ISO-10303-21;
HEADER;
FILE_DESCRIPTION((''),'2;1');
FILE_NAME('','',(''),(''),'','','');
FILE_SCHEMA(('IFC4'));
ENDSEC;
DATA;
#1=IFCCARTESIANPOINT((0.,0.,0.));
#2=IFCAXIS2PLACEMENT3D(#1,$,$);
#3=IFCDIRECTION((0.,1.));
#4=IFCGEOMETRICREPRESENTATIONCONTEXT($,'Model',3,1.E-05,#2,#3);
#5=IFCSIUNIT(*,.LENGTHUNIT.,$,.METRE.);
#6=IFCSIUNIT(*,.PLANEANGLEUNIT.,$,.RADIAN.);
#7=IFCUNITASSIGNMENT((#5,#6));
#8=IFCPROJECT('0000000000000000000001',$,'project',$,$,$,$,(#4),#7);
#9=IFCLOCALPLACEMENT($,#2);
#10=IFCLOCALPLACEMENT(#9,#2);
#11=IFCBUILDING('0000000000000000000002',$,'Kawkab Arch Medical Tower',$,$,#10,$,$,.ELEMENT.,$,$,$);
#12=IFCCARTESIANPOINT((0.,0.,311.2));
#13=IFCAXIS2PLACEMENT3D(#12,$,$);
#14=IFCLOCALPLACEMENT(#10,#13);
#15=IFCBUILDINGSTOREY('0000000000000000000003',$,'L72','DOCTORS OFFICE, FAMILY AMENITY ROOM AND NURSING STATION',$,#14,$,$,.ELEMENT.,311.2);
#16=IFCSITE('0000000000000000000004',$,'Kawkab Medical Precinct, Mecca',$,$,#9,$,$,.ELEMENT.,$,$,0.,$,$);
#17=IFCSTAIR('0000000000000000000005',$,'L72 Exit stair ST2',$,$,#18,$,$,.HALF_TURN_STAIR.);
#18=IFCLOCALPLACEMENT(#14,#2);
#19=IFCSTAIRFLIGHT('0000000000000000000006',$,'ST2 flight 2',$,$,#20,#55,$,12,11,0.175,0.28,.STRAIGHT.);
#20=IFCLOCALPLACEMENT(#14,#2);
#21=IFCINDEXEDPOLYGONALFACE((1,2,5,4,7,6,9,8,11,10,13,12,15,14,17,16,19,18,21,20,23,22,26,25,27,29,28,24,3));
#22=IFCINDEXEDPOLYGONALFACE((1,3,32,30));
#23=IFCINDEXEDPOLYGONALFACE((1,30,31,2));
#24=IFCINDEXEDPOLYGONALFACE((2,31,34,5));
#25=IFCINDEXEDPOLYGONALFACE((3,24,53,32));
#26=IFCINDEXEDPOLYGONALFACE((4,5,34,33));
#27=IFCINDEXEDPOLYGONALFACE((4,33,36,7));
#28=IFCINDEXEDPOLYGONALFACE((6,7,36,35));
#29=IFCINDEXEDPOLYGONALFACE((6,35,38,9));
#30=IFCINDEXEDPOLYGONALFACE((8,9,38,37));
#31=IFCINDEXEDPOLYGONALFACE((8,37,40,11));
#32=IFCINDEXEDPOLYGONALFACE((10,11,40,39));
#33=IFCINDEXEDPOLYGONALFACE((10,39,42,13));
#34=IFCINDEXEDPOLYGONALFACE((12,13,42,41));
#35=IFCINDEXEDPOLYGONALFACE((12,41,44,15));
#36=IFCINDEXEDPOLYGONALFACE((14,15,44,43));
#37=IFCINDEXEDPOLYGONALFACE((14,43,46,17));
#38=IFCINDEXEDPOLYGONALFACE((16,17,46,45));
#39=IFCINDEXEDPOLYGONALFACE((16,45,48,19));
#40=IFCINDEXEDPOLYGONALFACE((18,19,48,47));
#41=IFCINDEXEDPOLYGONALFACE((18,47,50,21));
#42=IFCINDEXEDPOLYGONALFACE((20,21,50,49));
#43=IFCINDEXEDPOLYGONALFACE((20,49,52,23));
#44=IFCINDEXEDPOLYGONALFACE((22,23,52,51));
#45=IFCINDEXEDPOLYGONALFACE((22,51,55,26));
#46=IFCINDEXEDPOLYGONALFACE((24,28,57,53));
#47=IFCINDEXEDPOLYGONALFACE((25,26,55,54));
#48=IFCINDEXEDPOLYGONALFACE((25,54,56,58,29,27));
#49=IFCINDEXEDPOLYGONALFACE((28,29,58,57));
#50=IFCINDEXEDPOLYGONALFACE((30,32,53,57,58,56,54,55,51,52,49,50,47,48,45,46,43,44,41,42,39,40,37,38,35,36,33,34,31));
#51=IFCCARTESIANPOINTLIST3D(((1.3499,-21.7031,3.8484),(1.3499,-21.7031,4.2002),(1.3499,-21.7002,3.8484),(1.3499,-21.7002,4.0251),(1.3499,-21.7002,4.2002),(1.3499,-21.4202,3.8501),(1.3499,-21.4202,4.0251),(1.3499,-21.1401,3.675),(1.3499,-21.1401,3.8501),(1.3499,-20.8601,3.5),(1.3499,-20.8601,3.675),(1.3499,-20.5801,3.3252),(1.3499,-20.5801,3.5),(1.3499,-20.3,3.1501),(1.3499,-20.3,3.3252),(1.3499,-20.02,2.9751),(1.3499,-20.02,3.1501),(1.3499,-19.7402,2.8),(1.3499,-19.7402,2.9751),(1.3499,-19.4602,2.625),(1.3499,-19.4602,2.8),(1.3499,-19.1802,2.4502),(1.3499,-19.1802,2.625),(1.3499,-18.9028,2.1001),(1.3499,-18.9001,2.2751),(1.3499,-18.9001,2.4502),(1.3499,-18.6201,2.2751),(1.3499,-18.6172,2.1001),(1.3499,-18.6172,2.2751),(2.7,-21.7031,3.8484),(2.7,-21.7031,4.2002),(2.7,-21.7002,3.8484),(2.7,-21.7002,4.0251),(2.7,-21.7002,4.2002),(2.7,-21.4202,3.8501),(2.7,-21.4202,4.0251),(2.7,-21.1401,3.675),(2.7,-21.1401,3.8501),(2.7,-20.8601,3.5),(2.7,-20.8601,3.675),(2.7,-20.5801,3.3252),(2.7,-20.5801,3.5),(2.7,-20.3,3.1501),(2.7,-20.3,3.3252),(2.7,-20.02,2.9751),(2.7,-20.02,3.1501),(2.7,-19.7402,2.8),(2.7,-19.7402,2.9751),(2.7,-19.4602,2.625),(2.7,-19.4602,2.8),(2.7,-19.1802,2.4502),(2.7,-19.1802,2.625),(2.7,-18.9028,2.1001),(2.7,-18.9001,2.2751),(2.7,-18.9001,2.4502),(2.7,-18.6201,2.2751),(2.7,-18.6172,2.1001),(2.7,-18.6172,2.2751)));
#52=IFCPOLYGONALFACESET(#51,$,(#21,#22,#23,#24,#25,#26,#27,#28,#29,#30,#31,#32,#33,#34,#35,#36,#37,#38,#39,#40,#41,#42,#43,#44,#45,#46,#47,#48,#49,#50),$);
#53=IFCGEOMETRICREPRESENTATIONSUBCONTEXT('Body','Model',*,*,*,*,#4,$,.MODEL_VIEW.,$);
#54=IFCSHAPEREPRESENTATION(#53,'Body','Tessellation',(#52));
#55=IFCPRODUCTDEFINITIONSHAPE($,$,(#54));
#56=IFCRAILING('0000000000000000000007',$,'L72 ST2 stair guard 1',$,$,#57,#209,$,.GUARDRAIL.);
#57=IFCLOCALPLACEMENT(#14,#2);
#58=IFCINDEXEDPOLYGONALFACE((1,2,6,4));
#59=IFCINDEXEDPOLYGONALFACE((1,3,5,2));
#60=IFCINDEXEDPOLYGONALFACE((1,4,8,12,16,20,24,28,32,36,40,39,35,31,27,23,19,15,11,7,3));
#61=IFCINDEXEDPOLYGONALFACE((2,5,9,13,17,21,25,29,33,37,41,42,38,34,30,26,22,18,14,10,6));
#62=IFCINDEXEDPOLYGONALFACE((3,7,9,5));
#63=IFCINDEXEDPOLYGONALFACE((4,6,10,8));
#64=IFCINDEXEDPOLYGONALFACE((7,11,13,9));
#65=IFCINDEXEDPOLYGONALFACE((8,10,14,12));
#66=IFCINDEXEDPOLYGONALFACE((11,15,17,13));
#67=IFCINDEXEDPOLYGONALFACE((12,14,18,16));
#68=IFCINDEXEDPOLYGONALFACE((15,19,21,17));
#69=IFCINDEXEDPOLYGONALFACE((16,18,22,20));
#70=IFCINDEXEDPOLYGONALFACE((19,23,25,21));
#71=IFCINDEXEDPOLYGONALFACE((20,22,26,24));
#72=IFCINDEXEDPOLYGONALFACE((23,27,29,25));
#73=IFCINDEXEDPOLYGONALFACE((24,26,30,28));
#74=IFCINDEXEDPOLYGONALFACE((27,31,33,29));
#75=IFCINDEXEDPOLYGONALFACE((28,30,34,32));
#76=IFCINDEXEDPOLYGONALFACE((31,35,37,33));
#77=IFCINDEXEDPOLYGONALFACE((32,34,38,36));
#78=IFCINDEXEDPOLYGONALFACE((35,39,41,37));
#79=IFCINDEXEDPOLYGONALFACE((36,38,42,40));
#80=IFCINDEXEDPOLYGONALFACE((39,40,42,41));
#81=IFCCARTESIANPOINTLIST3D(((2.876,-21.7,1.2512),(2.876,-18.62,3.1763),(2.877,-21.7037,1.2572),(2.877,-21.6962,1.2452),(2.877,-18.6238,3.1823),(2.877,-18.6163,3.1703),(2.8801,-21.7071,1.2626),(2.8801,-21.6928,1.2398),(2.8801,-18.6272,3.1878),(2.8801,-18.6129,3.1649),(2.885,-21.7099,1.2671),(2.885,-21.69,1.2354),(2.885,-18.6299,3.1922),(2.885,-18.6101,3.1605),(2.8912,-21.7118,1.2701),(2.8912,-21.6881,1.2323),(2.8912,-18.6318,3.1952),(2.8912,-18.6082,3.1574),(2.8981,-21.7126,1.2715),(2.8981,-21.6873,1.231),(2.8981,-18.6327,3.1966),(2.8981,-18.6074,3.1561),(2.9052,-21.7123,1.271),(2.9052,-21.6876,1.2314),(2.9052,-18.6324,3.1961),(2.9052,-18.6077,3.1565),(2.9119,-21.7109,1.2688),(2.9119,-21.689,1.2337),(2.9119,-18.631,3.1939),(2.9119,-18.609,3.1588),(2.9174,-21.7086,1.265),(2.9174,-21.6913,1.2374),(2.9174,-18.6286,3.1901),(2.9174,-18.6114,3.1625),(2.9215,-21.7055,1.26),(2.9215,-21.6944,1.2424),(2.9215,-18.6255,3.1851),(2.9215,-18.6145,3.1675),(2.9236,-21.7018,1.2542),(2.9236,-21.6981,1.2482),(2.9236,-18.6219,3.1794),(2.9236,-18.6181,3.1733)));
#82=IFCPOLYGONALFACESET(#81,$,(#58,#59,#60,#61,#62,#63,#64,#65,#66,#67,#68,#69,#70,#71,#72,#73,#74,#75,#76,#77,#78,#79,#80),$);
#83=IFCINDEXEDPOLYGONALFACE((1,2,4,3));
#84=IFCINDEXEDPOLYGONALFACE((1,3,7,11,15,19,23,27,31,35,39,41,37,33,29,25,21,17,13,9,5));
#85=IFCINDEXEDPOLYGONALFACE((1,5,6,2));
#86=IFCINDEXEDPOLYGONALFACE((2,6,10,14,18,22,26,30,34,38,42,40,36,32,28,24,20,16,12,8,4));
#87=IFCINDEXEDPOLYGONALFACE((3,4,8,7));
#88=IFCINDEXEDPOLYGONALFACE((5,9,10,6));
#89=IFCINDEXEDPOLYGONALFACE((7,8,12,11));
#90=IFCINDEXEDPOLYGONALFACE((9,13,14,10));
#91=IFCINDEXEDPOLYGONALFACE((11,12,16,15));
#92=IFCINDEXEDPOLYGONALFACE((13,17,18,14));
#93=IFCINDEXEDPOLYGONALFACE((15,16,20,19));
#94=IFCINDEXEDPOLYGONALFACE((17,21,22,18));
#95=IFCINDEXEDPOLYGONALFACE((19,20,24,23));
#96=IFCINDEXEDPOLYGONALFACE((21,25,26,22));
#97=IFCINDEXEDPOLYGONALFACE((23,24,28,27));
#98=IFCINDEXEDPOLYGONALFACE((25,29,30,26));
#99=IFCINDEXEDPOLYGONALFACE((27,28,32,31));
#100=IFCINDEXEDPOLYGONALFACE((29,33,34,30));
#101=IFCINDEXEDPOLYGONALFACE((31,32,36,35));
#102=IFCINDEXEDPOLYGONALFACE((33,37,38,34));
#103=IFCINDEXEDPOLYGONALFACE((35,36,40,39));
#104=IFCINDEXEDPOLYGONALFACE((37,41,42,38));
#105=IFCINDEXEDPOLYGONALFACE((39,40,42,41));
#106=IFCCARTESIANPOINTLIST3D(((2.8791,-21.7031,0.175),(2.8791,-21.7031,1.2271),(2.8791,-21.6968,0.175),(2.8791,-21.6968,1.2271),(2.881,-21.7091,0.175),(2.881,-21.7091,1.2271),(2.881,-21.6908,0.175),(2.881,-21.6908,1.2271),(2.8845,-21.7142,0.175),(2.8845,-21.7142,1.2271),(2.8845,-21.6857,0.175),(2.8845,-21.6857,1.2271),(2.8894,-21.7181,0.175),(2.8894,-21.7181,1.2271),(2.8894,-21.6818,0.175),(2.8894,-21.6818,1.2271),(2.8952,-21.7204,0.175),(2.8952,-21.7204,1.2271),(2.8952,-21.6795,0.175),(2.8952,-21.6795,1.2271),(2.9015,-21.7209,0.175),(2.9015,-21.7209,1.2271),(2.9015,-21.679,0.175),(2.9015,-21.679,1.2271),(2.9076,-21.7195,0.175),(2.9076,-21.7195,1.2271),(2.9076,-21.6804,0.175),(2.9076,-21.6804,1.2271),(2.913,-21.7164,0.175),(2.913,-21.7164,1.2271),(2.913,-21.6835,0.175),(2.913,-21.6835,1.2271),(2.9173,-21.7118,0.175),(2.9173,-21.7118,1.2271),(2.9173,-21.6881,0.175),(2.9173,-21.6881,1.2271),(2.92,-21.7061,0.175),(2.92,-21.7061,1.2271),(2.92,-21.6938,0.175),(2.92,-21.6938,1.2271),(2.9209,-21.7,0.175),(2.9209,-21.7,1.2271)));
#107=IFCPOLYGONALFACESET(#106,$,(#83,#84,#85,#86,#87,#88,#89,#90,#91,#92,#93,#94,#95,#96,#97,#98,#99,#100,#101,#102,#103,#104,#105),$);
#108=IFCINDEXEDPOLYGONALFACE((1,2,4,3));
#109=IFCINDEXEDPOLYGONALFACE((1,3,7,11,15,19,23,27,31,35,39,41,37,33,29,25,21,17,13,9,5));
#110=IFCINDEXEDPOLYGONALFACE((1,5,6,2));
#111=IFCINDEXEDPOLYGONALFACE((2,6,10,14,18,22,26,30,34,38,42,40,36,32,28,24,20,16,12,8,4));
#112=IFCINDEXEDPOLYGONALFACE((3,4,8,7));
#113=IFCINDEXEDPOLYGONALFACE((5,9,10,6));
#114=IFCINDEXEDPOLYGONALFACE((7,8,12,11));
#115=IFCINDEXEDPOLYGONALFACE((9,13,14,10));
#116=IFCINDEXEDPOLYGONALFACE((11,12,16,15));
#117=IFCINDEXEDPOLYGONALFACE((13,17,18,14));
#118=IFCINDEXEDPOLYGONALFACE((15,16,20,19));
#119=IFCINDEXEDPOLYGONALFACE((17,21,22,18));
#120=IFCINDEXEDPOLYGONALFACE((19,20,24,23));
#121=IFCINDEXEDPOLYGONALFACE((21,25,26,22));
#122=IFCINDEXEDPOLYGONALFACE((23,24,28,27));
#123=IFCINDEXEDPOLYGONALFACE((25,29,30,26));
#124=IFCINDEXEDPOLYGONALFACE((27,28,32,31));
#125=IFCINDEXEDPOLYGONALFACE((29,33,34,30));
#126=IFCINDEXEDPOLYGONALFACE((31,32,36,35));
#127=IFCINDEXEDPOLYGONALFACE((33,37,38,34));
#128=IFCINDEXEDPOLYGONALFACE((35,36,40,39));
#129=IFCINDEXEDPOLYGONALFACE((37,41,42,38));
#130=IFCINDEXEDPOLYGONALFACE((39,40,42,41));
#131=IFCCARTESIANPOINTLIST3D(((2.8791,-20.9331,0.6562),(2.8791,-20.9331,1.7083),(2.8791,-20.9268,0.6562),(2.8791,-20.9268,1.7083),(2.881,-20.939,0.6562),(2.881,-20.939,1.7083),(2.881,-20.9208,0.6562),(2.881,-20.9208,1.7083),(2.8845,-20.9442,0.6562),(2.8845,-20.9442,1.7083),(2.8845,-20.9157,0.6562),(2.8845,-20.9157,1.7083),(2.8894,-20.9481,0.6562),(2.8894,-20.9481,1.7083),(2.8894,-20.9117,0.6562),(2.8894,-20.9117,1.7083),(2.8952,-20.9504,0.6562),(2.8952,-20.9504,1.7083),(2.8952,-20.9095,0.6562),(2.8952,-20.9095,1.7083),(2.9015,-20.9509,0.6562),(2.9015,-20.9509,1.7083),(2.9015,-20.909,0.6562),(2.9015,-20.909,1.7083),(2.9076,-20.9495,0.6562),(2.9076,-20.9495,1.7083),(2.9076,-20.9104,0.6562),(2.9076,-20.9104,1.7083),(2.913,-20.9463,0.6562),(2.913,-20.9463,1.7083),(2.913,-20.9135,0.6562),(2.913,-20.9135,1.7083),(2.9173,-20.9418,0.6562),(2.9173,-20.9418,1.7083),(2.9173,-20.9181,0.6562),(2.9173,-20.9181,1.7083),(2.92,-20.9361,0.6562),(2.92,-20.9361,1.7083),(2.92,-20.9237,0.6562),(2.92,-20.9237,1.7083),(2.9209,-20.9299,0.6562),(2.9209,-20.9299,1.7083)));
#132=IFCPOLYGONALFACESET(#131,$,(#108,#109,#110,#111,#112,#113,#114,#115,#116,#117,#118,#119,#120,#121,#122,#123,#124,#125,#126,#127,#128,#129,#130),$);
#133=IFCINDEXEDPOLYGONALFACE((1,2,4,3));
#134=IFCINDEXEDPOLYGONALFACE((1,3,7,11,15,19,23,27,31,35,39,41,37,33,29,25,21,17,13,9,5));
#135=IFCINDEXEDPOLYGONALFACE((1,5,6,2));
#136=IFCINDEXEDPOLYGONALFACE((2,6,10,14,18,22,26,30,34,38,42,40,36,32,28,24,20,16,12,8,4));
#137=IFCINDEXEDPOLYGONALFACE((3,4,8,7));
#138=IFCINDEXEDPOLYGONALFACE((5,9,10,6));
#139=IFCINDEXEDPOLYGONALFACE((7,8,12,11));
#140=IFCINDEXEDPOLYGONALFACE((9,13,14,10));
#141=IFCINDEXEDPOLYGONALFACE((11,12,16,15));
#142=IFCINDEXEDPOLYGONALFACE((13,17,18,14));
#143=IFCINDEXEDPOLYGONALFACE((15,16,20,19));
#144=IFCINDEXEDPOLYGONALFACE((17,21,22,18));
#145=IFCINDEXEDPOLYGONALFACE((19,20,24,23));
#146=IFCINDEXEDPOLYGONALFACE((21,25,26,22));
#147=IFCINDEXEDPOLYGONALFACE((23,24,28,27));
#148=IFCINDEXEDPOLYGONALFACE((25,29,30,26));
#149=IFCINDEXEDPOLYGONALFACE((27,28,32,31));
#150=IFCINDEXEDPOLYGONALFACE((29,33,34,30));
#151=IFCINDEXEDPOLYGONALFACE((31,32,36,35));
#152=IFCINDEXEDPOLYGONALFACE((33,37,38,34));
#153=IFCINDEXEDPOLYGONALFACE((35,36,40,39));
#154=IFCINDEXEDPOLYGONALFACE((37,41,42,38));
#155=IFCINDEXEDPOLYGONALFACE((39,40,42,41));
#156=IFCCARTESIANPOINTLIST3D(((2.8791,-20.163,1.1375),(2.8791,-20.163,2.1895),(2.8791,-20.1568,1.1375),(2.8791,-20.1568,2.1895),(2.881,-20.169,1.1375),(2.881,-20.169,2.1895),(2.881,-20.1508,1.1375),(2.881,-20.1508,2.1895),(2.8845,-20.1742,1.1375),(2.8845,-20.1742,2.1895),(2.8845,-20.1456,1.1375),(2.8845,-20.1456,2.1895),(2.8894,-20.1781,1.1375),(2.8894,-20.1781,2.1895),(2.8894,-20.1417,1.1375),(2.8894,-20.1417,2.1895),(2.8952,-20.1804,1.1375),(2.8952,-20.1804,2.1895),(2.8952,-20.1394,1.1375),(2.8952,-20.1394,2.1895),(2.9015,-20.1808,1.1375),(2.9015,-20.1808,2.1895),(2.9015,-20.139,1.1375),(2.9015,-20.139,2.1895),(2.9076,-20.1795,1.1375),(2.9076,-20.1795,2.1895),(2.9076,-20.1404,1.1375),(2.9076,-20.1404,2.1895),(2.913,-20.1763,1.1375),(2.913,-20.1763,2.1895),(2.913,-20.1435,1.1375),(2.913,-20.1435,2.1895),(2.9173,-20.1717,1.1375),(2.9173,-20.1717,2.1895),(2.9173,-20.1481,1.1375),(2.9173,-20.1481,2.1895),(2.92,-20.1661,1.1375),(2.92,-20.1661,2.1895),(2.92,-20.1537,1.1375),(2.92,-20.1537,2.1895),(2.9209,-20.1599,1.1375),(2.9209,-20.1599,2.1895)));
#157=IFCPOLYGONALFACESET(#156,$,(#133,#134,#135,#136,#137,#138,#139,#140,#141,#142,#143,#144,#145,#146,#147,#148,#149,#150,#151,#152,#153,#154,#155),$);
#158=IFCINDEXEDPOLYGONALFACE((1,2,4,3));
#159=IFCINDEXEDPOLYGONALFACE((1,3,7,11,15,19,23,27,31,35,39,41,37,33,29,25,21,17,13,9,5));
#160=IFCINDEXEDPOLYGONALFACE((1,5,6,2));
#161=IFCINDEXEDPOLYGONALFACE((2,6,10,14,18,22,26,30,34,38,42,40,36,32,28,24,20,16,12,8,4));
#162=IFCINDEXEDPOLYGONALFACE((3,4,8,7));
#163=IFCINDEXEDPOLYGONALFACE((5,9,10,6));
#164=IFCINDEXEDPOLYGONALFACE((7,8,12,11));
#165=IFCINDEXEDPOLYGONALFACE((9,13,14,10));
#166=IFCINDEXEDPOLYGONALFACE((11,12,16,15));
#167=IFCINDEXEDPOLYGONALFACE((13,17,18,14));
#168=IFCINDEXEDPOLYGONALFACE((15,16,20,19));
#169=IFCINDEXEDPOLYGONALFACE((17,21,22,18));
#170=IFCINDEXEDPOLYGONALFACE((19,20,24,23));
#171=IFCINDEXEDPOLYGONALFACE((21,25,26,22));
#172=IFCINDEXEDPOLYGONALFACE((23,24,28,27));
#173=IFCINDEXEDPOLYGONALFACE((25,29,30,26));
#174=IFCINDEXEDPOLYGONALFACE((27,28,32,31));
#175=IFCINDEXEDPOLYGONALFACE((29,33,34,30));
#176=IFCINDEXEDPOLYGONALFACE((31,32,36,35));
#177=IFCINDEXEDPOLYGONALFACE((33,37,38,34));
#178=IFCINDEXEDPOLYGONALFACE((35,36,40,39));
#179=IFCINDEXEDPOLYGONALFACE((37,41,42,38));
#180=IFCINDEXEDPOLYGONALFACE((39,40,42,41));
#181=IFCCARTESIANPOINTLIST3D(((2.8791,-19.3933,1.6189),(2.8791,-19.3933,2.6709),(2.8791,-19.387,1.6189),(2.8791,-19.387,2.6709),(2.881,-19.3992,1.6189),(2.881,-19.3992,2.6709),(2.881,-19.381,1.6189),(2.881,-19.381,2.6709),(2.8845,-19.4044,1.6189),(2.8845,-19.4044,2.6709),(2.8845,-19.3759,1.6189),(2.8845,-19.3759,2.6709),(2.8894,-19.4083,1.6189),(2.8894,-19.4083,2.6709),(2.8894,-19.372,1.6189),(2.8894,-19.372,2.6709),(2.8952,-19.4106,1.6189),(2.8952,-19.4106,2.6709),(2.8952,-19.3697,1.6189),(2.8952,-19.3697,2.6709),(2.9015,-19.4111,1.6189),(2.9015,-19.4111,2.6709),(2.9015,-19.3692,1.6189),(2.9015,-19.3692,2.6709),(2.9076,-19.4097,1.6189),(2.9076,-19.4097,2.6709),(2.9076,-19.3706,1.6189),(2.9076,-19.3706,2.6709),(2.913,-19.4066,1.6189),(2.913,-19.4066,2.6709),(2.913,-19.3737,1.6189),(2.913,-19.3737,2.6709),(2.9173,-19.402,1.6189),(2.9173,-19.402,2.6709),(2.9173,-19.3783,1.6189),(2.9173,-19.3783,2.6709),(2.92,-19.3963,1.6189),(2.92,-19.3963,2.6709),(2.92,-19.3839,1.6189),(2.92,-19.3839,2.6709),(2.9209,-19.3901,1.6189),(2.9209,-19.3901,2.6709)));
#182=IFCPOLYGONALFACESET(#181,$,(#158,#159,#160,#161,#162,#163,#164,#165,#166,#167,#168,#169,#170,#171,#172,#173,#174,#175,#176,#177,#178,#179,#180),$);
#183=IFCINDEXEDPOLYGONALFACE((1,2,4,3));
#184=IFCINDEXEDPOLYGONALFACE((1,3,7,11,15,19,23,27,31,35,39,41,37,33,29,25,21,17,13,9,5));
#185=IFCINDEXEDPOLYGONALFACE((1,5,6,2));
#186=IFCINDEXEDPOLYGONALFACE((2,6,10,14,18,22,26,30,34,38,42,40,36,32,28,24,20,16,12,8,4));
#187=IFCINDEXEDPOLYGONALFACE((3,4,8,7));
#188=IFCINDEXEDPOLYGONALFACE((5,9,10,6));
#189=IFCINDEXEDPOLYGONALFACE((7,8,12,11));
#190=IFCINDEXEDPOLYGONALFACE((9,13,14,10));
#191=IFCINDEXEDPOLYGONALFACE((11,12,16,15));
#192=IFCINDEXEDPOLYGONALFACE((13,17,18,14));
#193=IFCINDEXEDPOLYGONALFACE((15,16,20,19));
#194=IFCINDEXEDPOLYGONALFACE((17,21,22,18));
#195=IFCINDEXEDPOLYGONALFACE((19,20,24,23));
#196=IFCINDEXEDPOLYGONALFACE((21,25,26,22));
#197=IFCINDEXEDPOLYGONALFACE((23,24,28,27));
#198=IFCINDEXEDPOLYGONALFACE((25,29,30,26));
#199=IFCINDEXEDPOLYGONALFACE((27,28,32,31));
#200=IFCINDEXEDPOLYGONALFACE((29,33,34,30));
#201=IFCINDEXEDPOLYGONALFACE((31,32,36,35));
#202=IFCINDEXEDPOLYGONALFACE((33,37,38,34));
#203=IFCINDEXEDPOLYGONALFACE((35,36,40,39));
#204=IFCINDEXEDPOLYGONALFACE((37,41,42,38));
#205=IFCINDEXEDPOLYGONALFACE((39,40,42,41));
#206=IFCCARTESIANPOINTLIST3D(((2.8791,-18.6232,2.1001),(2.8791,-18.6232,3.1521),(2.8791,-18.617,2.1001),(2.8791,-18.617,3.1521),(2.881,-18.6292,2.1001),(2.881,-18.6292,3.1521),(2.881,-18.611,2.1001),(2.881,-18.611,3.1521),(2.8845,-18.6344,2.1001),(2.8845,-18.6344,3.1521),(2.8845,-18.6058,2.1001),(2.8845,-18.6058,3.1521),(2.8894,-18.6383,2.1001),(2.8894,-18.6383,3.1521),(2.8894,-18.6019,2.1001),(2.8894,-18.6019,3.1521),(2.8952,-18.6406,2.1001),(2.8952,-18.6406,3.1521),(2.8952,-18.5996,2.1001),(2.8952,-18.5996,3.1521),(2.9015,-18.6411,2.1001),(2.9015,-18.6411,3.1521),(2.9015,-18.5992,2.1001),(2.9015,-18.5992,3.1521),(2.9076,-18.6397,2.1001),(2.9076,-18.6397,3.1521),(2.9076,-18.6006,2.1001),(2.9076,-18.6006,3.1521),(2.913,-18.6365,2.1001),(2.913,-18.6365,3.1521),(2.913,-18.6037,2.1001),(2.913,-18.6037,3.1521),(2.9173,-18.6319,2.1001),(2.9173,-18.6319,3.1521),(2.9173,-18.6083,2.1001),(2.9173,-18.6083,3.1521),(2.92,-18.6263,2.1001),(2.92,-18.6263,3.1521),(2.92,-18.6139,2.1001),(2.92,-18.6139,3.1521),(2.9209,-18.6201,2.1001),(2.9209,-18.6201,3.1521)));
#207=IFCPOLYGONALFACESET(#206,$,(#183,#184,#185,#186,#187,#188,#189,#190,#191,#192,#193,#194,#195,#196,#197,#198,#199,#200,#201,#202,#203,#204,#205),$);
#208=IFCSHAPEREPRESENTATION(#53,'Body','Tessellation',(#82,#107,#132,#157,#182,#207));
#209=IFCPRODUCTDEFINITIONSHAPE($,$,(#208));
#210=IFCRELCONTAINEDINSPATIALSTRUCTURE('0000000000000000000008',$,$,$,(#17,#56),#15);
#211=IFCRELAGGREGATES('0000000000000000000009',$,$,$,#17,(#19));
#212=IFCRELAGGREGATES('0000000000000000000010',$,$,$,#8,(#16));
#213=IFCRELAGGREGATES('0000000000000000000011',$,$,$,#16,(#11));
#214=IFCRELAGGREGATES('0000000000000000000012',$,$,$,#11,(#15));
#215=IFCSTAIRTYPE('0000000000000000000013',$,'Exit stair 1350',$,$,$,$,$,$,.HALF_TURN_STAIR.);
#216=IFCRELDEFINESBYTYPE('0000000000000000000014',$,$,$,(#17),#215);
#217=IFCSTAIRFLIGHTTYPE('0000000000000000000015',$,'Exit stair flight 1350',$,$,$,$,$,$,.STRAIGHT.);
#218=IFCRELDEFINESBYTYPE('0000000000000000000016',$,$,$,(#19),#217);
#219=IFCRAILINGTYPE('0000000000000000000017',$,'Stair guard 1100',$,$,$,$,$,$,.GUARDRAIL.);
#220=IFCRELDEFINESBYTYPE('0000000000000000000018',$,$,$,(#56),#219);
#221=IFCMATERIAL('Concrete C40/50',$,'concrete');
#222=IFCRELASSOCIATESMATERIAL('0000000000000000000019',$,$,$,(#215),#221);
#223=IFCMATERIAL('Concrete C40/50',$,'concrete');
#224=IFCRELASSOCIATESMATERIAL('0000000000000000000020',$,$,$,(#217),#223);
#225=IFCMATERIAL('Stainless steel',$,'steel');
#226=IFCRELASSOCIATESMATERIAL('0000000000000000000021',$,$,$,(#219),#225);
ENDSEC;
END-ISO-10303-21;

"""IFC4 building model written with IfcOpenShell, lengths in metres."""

from ifc_helpers import new_model, si_unit, direction, frame, origin, origin_2d, place, context, subcontext, project, spatial, polyline, circle, outline, extrude, material, type_object, element, aggregate, save


model = new_model("IFC4")

# Units and contexts
model_context = context("Model", 3, precision=1e-05, world=origin(), true_north=direction((0.0, 1.0)))
body_context = subcontext(model_context, "Body", "Model", "MODEL_VIEW")
ifc_project = project(units=[si_unit("LENGTHUNIT", "METRE"), si_unit("PLANEANGLEUNIT", "RADIAN")], contexts=[model_context])

# Site, building, storey
site_placement = place(None, origin())
site = spatial("IfcSite", under=ifc_project, at=site_placement, Name="Kawkab Medical Precinct, Mecca", CompositionType="ELEMENT", RefElevation=0.0)
building_placement = place(site_placement, origin())
building = spatial("IfcBuilding", under=site, at=building_placement, Name="Kawkab Arch Medical Tower", CompositionType="ELEMENT")
storey_placement = place(building_placement, frame((0.0, 0.0, 311.2)))
storey = spatial("IfcBuildingStorey", under=building, at=storey_placement, Name="L72", Description="DOCTORS OFFICE, FAMILY AMENITY ROOM AND NURSING STATION", CompositionType="ELEMENT", Elevation=311.2)

# Stair, stair flight
ifc_material_1 = material(Name="Concrete C40/50", Category="concrete")
stair_type = type_object("IfcStairType", Name="Exit stair 1350", PredefinedType="HALF_TURN_STAIR", material=ifc_material_1)
stair_placement = place(storey_placement, origin())
stair = element("IfcStair", 1, at=stair_placement, inside=storey, type_object=stair_type, Name="L72 Exit stair ST2", PredefinedType="HALF_TURN_STAIR")
ifc_material_2 = material(Name="Concrete C40/50", Category="concrete")
stair_flight_type = type_object("IfcStairFlightType", Name="Exit stair flight 1350", PredefinedType="STRAIGHT", material=ifc_material_2)
stair_flight_1_placement = place(storey_placement, frame((2.0249, -18.6201, 2.1001), z_axis=(0.0, 0.0, 1.0), x_axis=(0.0, -1.0, 0.0)))
stair_flight_1 = element("IfcStairFlight", 2, at=stair_flight_1_placement, type_object=stair_flight_type, Name="ST2 flight 2", NumberOfRisers=12, NumberOfTreads=11, PredefinedType="STRAIGHT", RiserHeight=0.175, TreadLength=0.28, context=body_context, shape_type="SweptSolid", body=[
    extrude(outline(polyline([(-0.0029, 0.0), (-0.0029, 0.175), (0.0, 0.175), (0.28, 0.175), (0.28, 0.3501), (0.5601, 0.3501), (0.5601, 0.5249), (0.8401, 0.5249), (0.8401, 0.7), (1.1201, 0.7), (1.1201, 0.875), (1.3999, 0.875), (1.3999, 1.05), (1.6799, 1.05), (1.6799, 1.2251), (1.96, 1.2251), (1.96, 1.3999), (2.24, 1.3999), (2.24, 1.575), (2.52, 1.575), (2.52, 1.75), (2.8, 1.75), (2.8, 1.925), (3.0801, 1.925), (3.0801, 2.1001), (3.083, 2.1001), (3.083, 1.7483), (3.0801, 1.7483), (0.2827, 0.0), (-0.0029, 0.0)])), frame((0.0, 0.675, 0.0), z_axis=(0.0, -1.0, 0.0), x_axis=(1.0, 0.0, 0.0)), (0.0, 0.0, 1.0), 1.3501),
])
aggregate(stair, [stair_flight_1])

# Railing
ifc_material_3 = material(Name="Stainless steel", Category="steel")
railing_type = type_object("IfcRailingType", Name="Stair guard 1100", PredefinedType="GUARDRAIL", material=ifc_material_3)
railing_1_placement = place(storey_placement, frame((2.8999, -21.7, 0.175)))
element("IfcRailing", 3, at=railing_1_placement, inside=storey, type_object=railing_type, Name="L72 ST2 stair guard 1", PredefinedType="GUARDRAIL", context=body_context, shape_type="SweptSolid", body=[
    extrude(circle(Radius=0.0239, at=origin_2d()), frame((0.0, 0.0, 1.0762), z_axis=(0.0, 0.847979, 0.530029), x_axis=(-1.0, 0.0, 0.0)), (0.0, 0.0, 1.0), 3.6321),
    extrude(circle(Radius=0.021, at=origin_2d()), origin(), (0.0, 0.0, 1.0), 1.052),
    extrude(circle(Radius=0.021, at=origin_2d()), frame((0.0, 0.77, 0.4812)), (0.0, 0.0, 1.0), 1.052),
    extrude(circle(Radius=0.021, at=origin_2d()), frame((0.0, 1.54, 0.9624)), (0.0, 0.0, 1.0), 1.052),
    extrude(circle(Radius=0.021, at=origin_2d()), frame((0.0, 2.3098, 1.4438)), (0.0, 0.0, 1.0), 1.052),
    extrude(circle(Radius=0.021, at=origin_2d()), frame((0.0, 3.0798, 1.925)), (0.0, 0.0, 1.0), 1.052),
])

save(model, "model.ifc")
